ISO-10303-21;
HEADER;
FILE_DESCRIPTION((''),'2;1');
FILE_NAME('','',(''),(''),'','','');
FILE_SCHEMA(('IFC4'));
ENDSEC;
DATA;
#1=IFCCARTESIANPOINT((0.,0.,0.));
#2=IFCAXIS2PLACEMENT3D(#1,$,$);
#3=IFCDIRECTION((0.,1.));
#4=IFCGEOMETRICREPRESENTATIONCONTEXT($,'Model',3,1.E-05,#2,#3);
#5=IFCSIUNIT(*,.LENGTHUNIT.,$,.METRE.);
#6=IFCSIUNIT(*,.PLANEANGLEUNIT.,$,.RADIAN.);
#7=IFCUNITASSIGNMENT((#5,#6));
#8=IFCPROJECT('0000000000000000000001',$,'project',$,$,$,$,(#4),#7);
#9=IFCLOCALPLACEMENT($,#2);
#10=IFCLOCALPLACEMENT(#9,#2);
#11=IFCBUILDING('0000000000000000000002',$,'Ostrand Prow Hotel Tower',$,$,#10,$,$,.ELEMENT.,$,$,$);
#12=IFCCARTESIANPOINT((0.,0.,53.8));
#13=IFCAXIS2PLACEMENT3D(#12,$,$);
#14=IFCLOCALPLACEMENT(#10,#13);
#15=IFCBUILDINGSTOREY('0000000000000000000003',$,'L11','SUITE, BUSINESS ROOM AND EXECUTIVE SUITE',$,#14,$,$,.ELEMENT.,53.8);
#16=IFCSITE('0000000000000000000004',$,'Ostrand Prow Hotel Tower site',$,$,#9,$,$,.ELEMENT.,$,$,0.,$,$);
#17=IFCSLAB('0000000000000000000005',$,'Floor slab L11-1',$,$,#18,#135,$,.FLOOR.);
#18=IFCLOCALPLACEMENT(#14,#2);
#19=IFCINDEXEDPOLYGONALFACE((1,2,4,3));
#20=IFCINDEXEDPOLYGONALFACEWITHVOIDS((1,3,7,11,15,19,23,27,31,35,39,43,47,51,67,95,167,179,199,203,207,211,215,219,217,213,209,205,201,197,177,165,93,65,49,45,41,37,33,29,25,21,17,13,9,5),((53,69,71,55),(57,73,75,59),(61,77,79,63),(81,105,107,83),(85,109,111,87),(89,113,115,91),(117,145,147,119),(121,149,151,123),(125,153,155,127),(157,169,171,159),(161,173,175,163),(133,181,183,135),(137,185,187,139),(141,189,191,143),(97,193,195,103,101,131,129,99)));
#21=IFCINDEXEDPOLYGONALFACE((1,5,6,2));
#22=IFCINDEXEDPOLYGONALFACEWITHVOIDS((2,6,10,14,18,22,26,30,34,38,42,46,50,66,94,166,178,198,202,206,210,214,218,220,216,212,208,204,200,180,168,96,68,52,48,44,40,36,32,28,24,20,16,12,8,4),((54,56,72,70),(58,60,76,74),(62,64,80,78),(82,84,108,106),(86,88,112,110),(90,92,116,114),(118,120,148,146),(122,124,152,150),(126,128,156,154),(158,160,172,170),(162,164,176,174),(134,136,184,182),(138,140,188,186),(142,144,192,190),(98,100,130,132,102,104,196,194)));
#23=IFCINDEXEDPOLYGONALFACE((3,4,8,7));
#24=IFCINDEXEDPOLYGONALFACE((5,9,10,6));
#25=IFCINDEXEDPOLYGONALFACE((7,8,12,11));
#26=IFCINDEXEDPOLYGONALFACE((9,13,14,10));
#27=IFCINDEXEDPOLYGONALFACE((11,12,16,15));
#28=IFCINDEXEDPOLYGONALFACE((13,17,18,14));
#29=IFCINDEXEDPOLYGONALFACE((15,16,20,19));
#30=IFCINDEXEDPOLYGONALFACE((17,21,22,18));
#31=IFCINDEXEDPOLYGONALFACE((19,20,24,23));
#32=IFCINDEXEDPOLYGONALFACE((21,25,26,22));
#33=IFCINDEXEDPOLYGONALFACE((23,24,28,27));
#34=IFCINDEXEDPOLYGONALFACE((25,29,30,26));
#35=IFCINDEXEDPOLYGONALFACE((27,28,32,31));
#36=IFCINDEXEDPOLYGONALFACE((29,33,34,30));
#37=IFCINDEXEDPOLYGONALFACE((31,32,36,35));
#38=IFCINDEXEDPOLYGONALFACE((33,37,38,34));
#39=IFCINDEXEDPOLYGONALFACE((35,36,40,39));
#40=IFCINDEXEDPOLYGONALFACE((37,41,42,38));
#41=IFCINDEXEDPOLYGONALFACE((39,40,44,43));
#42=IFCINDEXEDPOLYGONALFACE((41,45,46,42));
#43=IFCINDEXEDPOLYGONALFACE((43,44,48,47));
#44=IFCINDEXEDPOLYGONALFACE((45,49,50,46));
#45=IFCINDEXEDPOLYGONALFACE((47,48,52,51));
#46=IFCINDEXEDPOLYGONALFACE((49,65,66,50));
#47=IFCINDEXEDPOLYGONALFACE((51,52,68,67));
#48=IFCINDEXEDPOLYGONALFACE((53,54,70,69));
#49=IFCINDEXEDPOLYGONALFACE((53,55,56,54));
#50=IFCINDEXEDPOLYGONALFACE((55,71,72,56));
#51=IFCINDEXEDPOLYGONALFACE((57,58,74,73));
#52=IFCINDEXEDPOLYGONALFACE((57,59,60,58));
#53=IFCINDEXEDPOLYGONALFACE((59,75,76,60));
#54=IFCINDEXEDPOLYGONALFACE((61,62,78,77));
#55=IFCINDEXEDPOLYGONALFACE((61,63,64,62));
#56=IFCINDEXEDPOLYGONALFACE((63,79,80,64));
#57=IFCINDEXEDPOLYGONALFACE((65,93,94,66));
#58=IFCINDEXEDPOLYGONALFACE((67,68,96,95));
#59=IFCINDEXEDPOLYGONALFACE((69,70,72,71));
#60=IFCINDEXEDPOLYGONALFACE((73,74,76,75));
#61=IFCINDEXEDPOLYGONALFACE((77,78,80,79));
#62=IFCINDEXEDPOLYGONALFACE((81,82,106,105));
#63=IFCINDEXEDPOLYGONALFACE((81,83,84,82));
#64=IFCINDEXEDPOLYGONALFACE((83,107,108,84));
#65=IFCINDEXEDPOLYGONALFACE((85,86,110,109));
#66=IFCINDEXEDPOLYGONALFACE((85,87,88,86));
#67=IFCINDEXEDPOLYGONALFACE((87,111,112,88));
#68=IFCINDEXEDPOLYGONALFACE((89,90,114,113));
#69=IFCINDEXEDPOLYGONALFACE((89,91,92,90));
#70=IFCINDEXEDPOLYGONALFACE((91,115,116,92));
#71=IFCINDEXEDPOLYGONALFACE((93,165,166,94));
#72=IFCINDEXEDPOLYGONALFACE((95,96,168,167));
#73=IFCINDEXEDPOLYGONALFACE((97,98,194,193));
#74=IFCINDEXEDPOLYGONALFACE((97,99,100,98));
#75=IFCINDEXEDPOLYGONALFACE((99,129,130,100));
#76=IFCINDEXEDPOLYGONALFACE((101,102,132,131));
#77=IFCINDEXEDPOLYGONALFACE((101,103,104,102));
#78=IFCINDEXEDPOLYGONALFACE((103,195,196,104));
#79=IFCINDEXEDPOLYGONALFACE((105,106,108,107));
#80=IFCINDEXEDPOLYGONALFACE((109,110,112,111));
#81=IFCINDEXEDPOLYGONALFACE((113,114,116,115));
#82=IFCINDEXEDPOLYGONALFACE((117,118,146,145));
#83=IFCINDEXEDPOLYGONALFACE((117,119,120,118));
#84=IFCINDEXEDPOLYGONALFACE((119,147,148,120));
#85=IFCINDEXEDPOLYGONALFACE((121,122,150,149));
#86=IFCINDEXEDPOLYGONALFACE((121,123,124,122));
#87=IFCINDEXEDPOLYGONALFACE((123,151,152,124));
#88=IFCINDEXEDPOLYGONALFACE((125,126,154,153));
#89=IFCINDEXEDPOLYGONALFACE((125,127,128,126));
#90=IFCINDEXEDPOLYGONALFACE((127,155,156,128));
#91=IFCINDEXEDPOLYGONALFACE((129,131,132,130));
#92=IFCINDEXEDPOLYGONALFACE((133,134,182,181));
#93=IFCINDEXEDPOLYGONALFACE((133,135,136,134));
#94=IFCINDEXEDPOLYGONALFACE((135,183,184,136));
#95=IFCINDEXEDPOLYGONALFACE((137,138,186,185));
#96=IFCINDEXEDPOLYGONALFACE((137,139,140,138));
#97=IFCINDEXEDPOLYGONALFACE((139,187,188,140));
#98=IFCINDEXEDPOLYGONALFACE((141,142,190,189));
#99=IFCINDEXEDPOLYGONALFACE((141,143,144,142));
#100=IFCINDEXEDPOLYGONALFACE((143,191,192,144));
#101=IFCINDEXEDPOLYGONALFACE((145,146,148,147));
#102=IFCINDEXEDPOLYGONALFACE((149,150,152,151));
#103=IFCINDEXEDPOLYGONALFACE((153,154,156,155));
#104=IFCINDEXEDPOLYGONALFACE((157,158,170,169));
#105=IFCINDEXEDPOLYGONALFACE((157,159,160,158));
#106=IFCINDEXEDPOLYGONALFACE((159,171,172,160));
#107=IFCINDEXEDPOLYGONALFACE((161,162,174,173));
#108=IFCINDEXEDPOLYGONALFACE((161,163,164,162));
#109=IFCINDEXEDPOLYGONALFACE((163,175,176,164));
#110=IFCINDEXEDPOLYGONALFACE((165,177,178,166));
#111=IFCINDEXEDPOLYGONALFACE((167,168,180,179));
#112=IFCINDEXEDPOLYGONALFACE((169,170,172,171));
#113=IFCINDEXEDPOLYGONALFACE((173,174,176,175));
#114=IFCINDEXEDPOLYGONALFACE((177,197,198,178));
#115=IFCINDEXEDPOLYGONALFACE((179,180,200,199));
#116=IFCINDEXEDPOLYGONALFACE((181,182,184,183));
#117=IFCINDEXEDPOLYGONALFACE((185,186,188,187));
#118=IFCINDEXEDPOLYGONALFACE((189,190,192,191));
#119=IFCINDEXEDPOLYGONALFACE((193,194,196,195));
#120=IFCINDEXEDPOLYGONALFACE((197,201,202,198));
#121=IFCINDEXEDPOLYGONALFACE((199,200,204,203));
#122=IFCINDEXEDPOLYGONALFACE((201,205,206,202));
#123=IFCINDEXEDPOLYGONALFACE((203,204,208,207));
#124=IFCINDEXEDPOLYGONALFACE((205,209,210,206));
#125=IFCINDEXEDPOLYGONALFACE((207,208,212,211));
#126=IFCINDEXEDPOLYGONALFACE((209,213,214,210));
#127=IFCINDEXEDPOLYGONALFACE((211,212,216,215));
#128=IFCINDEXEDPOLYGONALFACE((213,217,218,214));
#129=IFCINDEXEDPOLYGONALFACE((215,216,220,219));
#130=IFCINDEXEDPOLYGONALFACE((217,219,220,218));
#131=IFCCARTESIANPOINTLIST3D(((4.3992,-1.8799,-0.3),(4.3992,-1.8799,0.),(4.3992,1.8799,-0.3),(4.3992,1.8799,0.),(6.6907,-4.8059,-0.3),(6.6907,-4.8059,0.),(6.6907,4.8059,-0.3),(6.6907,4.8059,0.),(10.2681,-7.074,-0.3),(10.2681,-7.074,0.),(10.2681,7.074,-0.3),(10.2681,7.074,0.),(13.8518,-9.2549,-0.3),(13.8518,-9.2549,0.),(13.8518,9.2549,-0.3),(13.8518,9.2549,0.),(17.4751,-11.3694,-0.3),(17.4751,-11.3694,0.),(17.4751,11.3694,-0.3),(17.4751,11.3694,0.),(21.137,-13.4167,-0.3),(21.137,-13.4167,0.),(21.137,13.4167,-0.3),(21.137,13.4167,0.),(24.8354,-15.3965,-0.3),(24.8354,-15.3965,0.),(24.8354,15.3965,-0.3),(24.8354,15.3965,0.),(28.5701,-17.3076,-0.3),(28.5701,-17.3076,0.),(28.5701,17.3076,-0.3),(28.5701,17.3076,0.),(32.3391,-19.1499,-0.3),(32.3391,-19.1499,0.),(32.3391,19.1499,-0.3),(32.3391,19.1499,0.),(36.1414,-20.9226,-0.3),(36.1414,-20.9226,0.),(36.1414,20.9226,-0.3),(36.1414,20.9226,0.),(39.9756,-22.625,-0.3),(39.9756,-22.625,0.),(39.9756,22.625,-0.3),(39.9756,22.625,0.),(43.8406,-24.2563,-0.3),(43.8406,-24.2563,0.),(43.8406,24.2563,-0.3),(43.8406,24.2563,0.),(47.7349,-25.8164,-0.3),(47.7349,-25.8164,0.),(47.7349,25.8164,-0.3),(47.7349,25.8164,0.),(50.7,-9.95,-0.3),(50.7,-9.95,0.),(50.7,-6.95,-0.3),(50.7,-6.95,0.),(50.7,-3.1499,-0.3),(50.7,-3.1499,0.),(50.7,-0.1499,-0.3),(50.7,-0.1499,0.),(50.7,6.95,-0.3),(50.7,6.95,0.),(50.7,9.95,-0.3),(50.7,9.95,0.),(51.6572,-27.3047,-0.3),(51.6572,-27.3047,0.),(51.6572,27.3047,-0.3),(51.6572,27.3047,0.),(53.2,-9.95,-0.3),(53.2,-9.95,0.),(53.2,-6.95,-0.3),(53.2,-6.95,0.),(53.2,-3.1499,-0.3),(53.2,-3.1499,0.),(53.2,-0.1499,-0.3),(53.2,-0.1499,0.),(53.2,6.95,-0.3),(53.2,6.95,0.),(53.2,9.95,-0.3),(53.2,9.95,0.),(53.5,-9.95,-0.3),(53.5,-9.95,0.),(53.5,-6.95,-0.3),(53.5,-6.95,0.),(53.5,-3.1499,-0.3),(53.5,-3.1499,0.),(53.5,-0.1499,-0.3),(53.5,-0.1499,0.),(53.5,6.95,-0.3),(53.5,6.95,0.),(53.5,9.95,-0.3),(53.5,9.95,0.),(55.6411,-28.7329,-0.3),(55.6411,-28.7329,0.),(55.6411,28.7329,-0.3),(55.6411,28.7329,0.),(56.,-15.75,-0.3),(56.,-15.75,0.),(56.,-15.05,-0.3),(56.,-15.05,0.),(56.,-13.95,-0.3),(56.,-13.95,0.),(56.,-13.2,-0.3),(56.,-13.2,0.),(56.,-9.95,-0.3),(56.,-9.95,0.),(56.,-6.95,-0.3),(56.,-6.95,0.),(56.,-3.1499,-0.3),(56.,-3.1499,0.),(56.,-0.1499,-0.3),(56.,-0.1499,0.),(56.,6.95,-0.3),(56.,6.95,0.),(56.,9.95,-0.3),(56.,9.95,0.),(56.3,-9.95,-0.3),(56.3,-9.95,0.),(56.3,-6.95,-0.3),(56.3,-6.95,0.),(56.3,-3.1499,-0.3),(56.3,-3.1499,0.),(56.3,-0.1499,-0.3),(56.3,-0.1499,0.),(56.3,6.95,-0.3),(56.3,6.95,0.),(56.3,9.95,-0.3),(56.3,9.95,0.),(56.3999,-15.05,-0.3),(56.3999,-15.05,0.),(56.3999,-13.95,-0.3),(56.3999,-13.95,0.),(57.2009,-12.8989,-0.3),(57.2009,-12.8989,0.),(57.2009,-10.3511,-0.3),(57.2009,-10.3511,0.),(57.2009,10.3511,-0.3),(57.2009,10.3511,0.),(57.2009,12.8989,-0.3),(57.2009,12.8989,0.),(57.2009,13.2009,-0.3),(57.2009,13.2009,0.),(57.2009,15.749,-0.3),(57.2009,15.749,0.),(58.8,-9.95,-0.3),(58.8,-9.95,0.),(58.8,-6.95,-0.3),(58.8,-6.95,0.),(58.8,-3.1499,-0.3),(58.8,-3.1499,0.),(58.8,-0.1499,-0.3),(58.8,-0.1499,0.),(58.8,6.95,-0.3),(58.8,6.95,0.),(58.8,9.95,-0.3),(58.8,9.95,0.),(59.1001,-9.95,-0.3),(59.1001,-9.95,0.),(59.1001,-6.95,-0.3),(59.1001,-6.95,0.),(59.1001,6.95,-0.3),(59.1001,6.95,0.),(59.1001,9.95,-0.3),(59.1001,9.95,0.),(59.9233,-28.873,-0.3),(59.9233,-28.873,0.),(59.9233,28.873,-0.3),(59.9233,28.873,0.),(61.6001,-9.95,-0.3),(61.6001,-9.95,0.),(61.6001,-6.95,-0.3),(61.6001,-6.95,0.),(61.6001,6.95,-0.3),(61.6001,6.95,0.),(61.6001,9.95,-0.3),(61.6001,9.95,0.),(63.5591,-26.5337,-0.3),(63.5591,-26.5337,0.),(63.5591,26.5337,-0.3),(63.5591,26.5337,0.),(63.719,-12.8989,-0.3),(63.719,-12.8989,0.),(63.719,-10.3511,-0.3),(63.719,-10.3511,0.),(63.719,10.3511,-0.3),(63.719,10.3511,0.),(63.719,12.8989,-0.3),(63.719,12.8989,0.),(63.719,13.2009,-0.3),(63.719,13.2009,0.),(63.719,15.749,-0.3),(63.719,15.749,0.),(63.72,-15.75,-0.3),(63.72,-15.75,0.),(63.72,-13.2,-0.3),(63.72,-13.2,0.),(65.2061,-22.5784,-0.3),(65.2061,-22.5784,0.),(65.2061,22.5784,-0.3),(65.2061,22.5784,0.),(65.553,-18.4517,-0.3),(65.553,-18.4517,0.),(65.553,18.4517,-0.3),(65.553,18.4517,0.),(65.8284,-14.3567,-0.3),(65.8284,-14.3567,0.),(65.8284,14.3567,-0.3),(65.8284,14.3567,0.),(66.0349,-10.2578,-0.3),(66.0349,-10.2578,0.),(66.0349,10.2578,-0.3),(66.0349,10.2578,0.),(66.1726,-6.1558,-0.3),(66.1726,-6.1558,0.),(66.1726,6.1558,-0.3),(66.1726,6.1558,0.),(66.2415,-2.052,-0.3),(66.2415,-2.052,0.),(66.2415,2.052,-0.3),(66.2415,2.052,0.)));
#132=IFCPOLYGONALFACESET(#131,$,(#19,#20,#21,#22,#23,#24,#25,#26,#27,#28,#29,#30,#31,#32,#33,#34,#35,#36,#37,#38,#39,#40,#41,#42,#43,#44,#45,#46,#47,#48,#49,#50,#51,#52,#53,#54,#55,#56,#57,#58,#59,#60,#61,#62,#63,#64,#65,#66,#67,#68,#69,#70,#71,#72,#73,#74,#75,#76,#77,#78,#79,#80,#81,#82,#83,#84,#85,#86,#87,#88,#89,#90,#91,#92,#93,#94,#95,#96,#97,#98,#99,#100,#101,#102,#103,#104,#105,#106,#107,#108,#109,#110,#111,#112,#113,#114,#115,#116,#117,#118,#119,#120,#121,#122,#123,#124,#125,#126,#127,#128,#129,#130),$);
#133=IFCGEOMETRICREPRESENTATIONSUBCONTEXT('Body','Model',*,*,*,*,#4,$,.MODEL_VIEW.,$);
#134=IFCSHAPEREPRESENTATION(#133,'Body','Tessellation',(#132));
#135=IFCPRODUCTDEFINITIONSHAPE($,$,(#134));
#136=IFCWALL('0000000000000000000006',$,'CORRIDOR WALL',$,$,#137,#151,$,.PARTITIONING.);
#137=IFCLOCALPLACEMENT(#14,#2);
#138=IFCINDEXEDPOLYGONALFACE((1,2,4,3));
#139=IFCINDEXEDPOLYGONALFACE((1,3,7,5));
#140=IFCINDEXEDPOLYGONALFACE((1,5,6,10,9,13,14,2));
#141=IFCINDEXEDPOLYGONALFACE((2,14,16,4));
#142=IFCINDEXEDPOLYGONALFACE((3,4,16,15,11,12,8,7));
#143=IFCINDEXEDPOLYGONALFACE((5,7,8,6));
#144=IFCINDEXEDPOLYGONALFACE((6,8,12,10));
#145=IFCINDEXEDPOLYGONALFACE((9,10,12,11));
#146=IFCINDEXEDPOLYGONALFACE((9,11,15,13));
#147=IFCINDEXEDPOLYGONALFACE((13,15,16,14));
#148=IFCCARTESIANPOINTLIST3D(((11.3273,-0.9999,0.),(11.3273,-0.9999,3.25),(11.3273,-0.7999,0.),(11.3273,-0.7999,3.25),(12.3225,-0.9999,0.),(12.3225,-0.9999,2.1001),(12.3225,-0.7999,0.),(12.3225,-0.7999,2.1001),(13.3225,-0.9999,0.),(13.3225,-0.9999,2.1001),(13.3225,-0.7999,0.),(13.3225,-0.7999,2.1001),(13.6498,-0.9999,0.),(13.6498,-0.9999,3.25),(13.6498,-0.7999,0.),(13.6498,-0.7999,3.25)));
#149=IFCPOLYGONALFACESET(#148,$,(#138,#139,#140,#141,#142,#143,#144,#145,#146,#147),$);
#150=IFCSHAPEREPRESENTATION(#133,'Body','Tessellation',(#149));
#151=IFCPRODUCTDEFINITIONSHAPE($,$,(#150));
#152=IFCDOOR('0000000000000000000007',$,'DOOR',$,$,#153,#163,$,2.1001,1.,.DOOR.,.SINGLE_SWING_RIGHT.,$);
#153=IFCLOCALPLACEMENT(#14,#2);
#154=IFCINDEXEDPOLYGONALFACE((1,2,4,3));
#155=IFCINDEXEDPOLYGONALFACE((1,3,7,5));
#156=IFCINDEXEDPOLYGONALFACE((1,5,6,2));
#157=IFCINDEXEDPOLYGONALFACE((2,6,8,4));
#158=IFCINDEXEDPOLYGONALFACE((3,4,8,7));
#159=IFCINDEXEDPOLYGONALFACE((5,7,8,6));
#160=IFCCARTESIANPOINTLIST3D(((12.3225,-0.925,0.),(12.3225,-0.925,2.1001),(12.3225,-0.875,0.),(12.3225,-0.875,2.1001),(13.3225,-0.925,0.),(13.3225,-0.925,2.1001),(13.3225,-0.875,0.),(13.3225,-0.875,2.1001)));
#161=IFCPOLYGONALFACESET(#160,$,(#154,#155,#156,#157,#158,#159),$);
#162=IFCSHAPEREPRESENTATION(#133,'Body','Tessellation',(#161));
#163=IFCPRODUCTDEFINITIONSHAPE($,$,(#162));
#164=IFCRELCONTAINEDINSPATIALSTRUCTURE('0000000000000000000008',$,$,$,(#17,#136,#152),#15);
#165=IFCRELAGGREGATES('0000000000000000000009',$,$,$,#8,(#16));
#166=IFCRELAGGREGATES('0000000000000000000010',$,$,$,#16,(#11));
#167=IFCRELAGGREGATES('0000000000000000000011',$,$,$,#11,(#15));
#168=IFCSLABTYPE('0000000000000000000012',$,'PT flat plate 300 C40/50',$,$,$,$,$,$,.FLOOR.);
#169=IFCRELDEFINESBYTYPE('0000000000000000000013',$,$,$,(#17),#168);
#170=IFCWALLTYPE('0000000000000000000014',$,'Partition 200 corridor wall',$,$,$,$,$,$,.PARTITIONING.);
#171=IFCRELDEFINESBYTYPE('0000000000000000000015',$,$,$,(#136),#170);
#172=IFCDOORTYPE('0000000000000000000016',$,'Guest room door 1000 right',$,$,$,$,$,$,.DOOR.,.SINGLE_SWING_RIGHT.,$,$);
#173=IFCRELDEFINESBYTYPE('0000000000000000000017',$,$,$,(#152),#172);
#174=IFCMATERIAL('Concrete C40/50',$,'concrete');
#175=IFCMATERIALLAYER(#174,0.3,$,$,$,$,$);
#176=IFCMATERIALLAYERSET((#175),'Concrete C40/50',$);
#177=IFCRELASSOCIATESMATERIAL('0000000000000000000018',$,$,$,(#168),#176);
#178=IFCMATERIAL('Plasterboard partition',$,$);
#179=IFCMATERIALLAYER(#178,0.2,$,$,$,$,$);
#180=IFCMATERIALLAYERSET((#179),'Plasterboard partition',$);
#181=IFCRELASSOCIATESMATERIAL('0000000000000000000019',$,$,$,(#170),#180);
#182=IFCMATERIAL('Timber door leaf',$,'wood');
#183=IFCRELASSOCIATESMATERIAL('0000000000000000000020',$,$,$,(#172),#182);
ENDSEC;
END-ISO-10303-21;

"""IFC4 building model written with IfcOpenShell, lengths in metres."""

from ifc_helpers import new_model, si_unit, direction, frame, frame_2d, origin, place, context, subcontext, project, spatial, polyline, rectangle, outline, extrude, material, layer, layer_set, type_object, element, fill, save


model = new_model("IFC4")

# Units and contexts
model_context = context("Model", 3, precision=1e-05, world=origin(), true_north=direction((0.0, 1.0)))
body_context = subcontext(model_context, "Body", "Model", "MODEL_VIEW")
ifc_project = project(units=[si_unit("LENGTHUNIT", "METRE"), si_unit("PLANEANGLEUNIT", "RADIAN")], contexts=[model_context])

# Site, building, storey
site_placement = place(None, origin())
site = spatial("IfcSite", under=ifc_project, at=site_placement, Name="Ostrand Prow Hotel Tower site", CompositionType="ELEMENT", RefElevation=0.0)
building_placement = place(site_placement, origin())
building = spatial("IfcBuilding", under=site, at=building_placement, Name="Ostrand Prow Hotel Tower", CompositionType="ELEMENT")
storey_placement = place(building_placement, frame((0.0, 0.0, 53.8)))
storey = spatial("IfcBuildingStorey", under=building, at=storey_placement, Name="L11", Description="SUITE, BUSINESS ROOM AND EXECUTIVE SUITE", CompositionType="ELEMENT", Elevation=53.8)

# Slab, opening
ifc_material_1 = material(Name="Concrete C40/50", Category="concrete")
ifc_layer_1 = layer(ifc_material_1, 0.3)
ifc_layer_set_1 = layer_set([ifc_layer_1], Name="Concrete C40/50")
slab_type = type_object("IfcSlabType", Name="PT flat plate 300 C40/50", PredefinedType="FLOOR", material=ifc_layer_set_1)
slab_placement = place(storey_placement, frame((0.0, 0.0, -0.3)))
slab = element("IfcSlab", 1, at=slab_placement, inside=storey, type_object=slab_type, Name="Floor slab L11-1", PredefinedType="FLOOR", context=body_context, shape_type="SweptSolid", body=[
    extrude(outline(polyline([(6.6907, 4.8059), (10.2681, 7.074), (13.8518, 9.2549), (17.4751, 11.3694), (21.137, 13.4167), (24.8354, 15.3965), (28.5701, 17.3076), (32.3391, 19.1499), (36.1414, 20.9226), (39.9756, 22.625), (43.8406, 24.2563), (47.7349, 25.8164), (51.6572, 27.3047), (55.6411, 28.7329), (59.9233, 28.873), (63.5591, 26.5337), (65.2061, 22.5784), (65.553, 18.4517), (65.8284, 14.3567), (66.0349, 10.2578), (66.1726, 6.1558), (66.2415, 2.052), (66.2415, -2.052), (66.1726, -6.1558), (66.0349, -10.2578), (65.8284, -14.3567), (65.553, -18.4517), (65.2061, -22.5784), (63.5591, -26.5337), (59.9233, -28.873), (55.6411, -28.7329), (51.6572, -27.3047), (47.7349, -25.8164), (43.8406, -24.2563), (39.9756, -22.625), (36.1414, -20.9226), (32.3391, -19.1499), (28.5701, -17.3076), (24.8354, -15.3965), (21.137, -13.4167), (17.4751, -11.3694), (13.8518, -9.2549), (10.2681, -7.074), (6.6907, -4.8059), (4.3992, -1.8799), (4.3992, 1.8799), (6.6907, 4.8059)]), holes=[polyline([(50.7, 6.95), (53.2, 6.95), (53.2, 9.95), (50.7, 9.95), (50.7, 6.95)]), polyline([(53.5, 6.95), (56.0, 6.95), (56.0, 9.95), (53.5, 9.95), (53.5, 6.95)]), polyline([(56.3, 6.95), (58.8, 6.95), (58.8, 9.95), (56.3, 9.95), (56.3, 6.95)]), polyline([(59.1001, 6.95), (61.6001, 6.95), (61.6001, 9.95), (59.1001, 9.95), (59.1001, 6.95)]), polyline([(50.7, -3.1499), (53.2, -3.1499), (53.2, -0.1499), (50.7, -0.1499), (50.7, -3.1499)]), polyline([(53.5, -3.1499), (56.0, -3.1499), (56.0, -0.1499), (53.5, -0.1499), (53.5, -3.1499)]), polyline([(56.3, -3.1499), (58.8, -3.1499), (58.8, -0.1499), (56.3, -0.1499), (56.3, -3.1499)]), polyline([(50.7, -9.95), (53.2, -9.95), (53.2, -6.95), (50.7, -6.95), (50.7, -9.95)]), polyline([(53.5, -9.95), (56.0, -9.95), (56.0, -6.95), (53.5, -6.95), (53.5, -9.95)]), polyline([(56.3, -9.95), (58.8, -9.95), (58.8, -6.95), (56.3, -6.95), (56.3, -9.95)]), polyline([(59.1001, -9.95), (61.6001, -9.95), (61.6001, -6.95), (59.1001, -6.95), (59.1001, -9.95)]), polyline([(57.2009, 10.3511), (57.2009, 12.8989), (63.719, 12.8989), (63.719, 10.3511), (57.2009, 10.3511)]), polyline([(57.2009, 13.2009), (57.2009, 15.749), (63.719, 15.749), (63.719, 13.2009), (57.2009, 13.2009)]), polyline([(57.2009, -12.8989), (57.2009, -10.3511), (63.719, -10.3511), (63.719, -12.8989), (57.2009, -12.8989)]), polyline([(56.0, -13.2), (63.72, -13.2), (63.72, -15.75), (56.0, -15.75), (56.0, -15.05), (56.3999, -15.05), (56.3999, -13.95), (56.0, -13.95), (56.0, -13.2)])]), origin(), (0.0, 0.0, 1.0), 0.3),
])
opening_1_placement = place(slab_placement, origin())
element("IfcOpeningElement", 2, at=opening_1_placement, cuts=slab, PredefinedType="OPENING", context=body_context, shape_type="SweptSolid", body=[
    extrude(outline(polyline([(56.0, -13.2), (63.72, -13.2), (63.72, -15.75), (56.0, -15.75), (56.0, -15.05), (56.3999, -15.05), (56.3999, -13.95), (56.0, -13.95), (56.0, -13.2)])), origin(), (0.0, 0.0, 1.0), 0.3),
])

# Wall, opening, door
ifc_material_2 = material(Name="Plasterboard partition")
ifc_layer_2 = layer(ifc_material_2, 0.2)
ifc_layer_set_2 = layer_set([ifc_layer_2], Name="Plasterboard partition")
wall_type_1 = type_object("IfcWallType", Name="Partition 200 corridor wall", PredefinedType="PARTITIONING", material=ifc_layer_set_2)
wall_1_placement = place(storey_placement, frame((11.3274, -0.8999, 0.0), z_axis=(0.0, 0.0, 1.0), x_axis=(1.0, 0.0, 0.0)))
wall_1 = element("IfcWall", 3, at=wall_1_placement, inside=storey, type_object=wall_type_1, Name="CORRIDOR WALL", PredefinedType="PARTITIONING", context=body_context, shape_type="SweptSolid", body=[
    extrude(rectangle(XDim=2.3225, YDim=0.2, at=frame_2d((1.1611, 0.0))), origin(), (0.0, 0.0, 1.0), 3.25),
])
opening_2_placement = place(wall_1_placement, frame((0.9951, 0.0, 0.0)))
opening_2 = element("IfcOpeningElement", 4, at=opening_2_placement, cuts=wall_1, PredefinedType="OPENING", context=body_context, shape_type="SweptSolid", body=[
    extrude(rectangle(XDim=1.0, YDim=2.1001, at=frame_2d((0.5, 1.05))), frame((0.0, 0.1099, 0.0), z_axis=(0.0, -1.0, 0.0), x_axis=(1.0, 0.0, 0.0)), (0.0, 0.0, 1.0), 0.22),
])
ifc_material_3 = material(Name="Timber door leaf", Category="wood")
door_type_1 = type_object("IfcDoorType", Name="Guest room door 1000 right", OperationType="SINGLE_SWING_RIGHT", PredefinedType="DOOR", material=ifc_material_3)
door_1_placement = place(opening_2_placement, origin())
door_1 = element("IfcDoor", 5, at=door_1_placement, inside=storey, type_object=door_type_1, Name="DOOR", OperationType="SINGLE_SWING_RIGHT", OverallHeight=2.1001, OverallWidth=1.0, PredefinedType="DOOR", context=body_context, shape_type="SweptSolid", body=[
    extrude(rectangle(XDim=1.0, YDim=2.1001, at=frame_2d((0.5, 1.05))), frame((0.0, 0.0249, 0.0), z_axis=(0.0, -1.0, 0.0), x_axis=(1.0, 0.0, 0.0)), (0.0, 0.0, 1.0), 0.05),
])
fill(opening_2, door_1)

save(model, "model.ifc")
